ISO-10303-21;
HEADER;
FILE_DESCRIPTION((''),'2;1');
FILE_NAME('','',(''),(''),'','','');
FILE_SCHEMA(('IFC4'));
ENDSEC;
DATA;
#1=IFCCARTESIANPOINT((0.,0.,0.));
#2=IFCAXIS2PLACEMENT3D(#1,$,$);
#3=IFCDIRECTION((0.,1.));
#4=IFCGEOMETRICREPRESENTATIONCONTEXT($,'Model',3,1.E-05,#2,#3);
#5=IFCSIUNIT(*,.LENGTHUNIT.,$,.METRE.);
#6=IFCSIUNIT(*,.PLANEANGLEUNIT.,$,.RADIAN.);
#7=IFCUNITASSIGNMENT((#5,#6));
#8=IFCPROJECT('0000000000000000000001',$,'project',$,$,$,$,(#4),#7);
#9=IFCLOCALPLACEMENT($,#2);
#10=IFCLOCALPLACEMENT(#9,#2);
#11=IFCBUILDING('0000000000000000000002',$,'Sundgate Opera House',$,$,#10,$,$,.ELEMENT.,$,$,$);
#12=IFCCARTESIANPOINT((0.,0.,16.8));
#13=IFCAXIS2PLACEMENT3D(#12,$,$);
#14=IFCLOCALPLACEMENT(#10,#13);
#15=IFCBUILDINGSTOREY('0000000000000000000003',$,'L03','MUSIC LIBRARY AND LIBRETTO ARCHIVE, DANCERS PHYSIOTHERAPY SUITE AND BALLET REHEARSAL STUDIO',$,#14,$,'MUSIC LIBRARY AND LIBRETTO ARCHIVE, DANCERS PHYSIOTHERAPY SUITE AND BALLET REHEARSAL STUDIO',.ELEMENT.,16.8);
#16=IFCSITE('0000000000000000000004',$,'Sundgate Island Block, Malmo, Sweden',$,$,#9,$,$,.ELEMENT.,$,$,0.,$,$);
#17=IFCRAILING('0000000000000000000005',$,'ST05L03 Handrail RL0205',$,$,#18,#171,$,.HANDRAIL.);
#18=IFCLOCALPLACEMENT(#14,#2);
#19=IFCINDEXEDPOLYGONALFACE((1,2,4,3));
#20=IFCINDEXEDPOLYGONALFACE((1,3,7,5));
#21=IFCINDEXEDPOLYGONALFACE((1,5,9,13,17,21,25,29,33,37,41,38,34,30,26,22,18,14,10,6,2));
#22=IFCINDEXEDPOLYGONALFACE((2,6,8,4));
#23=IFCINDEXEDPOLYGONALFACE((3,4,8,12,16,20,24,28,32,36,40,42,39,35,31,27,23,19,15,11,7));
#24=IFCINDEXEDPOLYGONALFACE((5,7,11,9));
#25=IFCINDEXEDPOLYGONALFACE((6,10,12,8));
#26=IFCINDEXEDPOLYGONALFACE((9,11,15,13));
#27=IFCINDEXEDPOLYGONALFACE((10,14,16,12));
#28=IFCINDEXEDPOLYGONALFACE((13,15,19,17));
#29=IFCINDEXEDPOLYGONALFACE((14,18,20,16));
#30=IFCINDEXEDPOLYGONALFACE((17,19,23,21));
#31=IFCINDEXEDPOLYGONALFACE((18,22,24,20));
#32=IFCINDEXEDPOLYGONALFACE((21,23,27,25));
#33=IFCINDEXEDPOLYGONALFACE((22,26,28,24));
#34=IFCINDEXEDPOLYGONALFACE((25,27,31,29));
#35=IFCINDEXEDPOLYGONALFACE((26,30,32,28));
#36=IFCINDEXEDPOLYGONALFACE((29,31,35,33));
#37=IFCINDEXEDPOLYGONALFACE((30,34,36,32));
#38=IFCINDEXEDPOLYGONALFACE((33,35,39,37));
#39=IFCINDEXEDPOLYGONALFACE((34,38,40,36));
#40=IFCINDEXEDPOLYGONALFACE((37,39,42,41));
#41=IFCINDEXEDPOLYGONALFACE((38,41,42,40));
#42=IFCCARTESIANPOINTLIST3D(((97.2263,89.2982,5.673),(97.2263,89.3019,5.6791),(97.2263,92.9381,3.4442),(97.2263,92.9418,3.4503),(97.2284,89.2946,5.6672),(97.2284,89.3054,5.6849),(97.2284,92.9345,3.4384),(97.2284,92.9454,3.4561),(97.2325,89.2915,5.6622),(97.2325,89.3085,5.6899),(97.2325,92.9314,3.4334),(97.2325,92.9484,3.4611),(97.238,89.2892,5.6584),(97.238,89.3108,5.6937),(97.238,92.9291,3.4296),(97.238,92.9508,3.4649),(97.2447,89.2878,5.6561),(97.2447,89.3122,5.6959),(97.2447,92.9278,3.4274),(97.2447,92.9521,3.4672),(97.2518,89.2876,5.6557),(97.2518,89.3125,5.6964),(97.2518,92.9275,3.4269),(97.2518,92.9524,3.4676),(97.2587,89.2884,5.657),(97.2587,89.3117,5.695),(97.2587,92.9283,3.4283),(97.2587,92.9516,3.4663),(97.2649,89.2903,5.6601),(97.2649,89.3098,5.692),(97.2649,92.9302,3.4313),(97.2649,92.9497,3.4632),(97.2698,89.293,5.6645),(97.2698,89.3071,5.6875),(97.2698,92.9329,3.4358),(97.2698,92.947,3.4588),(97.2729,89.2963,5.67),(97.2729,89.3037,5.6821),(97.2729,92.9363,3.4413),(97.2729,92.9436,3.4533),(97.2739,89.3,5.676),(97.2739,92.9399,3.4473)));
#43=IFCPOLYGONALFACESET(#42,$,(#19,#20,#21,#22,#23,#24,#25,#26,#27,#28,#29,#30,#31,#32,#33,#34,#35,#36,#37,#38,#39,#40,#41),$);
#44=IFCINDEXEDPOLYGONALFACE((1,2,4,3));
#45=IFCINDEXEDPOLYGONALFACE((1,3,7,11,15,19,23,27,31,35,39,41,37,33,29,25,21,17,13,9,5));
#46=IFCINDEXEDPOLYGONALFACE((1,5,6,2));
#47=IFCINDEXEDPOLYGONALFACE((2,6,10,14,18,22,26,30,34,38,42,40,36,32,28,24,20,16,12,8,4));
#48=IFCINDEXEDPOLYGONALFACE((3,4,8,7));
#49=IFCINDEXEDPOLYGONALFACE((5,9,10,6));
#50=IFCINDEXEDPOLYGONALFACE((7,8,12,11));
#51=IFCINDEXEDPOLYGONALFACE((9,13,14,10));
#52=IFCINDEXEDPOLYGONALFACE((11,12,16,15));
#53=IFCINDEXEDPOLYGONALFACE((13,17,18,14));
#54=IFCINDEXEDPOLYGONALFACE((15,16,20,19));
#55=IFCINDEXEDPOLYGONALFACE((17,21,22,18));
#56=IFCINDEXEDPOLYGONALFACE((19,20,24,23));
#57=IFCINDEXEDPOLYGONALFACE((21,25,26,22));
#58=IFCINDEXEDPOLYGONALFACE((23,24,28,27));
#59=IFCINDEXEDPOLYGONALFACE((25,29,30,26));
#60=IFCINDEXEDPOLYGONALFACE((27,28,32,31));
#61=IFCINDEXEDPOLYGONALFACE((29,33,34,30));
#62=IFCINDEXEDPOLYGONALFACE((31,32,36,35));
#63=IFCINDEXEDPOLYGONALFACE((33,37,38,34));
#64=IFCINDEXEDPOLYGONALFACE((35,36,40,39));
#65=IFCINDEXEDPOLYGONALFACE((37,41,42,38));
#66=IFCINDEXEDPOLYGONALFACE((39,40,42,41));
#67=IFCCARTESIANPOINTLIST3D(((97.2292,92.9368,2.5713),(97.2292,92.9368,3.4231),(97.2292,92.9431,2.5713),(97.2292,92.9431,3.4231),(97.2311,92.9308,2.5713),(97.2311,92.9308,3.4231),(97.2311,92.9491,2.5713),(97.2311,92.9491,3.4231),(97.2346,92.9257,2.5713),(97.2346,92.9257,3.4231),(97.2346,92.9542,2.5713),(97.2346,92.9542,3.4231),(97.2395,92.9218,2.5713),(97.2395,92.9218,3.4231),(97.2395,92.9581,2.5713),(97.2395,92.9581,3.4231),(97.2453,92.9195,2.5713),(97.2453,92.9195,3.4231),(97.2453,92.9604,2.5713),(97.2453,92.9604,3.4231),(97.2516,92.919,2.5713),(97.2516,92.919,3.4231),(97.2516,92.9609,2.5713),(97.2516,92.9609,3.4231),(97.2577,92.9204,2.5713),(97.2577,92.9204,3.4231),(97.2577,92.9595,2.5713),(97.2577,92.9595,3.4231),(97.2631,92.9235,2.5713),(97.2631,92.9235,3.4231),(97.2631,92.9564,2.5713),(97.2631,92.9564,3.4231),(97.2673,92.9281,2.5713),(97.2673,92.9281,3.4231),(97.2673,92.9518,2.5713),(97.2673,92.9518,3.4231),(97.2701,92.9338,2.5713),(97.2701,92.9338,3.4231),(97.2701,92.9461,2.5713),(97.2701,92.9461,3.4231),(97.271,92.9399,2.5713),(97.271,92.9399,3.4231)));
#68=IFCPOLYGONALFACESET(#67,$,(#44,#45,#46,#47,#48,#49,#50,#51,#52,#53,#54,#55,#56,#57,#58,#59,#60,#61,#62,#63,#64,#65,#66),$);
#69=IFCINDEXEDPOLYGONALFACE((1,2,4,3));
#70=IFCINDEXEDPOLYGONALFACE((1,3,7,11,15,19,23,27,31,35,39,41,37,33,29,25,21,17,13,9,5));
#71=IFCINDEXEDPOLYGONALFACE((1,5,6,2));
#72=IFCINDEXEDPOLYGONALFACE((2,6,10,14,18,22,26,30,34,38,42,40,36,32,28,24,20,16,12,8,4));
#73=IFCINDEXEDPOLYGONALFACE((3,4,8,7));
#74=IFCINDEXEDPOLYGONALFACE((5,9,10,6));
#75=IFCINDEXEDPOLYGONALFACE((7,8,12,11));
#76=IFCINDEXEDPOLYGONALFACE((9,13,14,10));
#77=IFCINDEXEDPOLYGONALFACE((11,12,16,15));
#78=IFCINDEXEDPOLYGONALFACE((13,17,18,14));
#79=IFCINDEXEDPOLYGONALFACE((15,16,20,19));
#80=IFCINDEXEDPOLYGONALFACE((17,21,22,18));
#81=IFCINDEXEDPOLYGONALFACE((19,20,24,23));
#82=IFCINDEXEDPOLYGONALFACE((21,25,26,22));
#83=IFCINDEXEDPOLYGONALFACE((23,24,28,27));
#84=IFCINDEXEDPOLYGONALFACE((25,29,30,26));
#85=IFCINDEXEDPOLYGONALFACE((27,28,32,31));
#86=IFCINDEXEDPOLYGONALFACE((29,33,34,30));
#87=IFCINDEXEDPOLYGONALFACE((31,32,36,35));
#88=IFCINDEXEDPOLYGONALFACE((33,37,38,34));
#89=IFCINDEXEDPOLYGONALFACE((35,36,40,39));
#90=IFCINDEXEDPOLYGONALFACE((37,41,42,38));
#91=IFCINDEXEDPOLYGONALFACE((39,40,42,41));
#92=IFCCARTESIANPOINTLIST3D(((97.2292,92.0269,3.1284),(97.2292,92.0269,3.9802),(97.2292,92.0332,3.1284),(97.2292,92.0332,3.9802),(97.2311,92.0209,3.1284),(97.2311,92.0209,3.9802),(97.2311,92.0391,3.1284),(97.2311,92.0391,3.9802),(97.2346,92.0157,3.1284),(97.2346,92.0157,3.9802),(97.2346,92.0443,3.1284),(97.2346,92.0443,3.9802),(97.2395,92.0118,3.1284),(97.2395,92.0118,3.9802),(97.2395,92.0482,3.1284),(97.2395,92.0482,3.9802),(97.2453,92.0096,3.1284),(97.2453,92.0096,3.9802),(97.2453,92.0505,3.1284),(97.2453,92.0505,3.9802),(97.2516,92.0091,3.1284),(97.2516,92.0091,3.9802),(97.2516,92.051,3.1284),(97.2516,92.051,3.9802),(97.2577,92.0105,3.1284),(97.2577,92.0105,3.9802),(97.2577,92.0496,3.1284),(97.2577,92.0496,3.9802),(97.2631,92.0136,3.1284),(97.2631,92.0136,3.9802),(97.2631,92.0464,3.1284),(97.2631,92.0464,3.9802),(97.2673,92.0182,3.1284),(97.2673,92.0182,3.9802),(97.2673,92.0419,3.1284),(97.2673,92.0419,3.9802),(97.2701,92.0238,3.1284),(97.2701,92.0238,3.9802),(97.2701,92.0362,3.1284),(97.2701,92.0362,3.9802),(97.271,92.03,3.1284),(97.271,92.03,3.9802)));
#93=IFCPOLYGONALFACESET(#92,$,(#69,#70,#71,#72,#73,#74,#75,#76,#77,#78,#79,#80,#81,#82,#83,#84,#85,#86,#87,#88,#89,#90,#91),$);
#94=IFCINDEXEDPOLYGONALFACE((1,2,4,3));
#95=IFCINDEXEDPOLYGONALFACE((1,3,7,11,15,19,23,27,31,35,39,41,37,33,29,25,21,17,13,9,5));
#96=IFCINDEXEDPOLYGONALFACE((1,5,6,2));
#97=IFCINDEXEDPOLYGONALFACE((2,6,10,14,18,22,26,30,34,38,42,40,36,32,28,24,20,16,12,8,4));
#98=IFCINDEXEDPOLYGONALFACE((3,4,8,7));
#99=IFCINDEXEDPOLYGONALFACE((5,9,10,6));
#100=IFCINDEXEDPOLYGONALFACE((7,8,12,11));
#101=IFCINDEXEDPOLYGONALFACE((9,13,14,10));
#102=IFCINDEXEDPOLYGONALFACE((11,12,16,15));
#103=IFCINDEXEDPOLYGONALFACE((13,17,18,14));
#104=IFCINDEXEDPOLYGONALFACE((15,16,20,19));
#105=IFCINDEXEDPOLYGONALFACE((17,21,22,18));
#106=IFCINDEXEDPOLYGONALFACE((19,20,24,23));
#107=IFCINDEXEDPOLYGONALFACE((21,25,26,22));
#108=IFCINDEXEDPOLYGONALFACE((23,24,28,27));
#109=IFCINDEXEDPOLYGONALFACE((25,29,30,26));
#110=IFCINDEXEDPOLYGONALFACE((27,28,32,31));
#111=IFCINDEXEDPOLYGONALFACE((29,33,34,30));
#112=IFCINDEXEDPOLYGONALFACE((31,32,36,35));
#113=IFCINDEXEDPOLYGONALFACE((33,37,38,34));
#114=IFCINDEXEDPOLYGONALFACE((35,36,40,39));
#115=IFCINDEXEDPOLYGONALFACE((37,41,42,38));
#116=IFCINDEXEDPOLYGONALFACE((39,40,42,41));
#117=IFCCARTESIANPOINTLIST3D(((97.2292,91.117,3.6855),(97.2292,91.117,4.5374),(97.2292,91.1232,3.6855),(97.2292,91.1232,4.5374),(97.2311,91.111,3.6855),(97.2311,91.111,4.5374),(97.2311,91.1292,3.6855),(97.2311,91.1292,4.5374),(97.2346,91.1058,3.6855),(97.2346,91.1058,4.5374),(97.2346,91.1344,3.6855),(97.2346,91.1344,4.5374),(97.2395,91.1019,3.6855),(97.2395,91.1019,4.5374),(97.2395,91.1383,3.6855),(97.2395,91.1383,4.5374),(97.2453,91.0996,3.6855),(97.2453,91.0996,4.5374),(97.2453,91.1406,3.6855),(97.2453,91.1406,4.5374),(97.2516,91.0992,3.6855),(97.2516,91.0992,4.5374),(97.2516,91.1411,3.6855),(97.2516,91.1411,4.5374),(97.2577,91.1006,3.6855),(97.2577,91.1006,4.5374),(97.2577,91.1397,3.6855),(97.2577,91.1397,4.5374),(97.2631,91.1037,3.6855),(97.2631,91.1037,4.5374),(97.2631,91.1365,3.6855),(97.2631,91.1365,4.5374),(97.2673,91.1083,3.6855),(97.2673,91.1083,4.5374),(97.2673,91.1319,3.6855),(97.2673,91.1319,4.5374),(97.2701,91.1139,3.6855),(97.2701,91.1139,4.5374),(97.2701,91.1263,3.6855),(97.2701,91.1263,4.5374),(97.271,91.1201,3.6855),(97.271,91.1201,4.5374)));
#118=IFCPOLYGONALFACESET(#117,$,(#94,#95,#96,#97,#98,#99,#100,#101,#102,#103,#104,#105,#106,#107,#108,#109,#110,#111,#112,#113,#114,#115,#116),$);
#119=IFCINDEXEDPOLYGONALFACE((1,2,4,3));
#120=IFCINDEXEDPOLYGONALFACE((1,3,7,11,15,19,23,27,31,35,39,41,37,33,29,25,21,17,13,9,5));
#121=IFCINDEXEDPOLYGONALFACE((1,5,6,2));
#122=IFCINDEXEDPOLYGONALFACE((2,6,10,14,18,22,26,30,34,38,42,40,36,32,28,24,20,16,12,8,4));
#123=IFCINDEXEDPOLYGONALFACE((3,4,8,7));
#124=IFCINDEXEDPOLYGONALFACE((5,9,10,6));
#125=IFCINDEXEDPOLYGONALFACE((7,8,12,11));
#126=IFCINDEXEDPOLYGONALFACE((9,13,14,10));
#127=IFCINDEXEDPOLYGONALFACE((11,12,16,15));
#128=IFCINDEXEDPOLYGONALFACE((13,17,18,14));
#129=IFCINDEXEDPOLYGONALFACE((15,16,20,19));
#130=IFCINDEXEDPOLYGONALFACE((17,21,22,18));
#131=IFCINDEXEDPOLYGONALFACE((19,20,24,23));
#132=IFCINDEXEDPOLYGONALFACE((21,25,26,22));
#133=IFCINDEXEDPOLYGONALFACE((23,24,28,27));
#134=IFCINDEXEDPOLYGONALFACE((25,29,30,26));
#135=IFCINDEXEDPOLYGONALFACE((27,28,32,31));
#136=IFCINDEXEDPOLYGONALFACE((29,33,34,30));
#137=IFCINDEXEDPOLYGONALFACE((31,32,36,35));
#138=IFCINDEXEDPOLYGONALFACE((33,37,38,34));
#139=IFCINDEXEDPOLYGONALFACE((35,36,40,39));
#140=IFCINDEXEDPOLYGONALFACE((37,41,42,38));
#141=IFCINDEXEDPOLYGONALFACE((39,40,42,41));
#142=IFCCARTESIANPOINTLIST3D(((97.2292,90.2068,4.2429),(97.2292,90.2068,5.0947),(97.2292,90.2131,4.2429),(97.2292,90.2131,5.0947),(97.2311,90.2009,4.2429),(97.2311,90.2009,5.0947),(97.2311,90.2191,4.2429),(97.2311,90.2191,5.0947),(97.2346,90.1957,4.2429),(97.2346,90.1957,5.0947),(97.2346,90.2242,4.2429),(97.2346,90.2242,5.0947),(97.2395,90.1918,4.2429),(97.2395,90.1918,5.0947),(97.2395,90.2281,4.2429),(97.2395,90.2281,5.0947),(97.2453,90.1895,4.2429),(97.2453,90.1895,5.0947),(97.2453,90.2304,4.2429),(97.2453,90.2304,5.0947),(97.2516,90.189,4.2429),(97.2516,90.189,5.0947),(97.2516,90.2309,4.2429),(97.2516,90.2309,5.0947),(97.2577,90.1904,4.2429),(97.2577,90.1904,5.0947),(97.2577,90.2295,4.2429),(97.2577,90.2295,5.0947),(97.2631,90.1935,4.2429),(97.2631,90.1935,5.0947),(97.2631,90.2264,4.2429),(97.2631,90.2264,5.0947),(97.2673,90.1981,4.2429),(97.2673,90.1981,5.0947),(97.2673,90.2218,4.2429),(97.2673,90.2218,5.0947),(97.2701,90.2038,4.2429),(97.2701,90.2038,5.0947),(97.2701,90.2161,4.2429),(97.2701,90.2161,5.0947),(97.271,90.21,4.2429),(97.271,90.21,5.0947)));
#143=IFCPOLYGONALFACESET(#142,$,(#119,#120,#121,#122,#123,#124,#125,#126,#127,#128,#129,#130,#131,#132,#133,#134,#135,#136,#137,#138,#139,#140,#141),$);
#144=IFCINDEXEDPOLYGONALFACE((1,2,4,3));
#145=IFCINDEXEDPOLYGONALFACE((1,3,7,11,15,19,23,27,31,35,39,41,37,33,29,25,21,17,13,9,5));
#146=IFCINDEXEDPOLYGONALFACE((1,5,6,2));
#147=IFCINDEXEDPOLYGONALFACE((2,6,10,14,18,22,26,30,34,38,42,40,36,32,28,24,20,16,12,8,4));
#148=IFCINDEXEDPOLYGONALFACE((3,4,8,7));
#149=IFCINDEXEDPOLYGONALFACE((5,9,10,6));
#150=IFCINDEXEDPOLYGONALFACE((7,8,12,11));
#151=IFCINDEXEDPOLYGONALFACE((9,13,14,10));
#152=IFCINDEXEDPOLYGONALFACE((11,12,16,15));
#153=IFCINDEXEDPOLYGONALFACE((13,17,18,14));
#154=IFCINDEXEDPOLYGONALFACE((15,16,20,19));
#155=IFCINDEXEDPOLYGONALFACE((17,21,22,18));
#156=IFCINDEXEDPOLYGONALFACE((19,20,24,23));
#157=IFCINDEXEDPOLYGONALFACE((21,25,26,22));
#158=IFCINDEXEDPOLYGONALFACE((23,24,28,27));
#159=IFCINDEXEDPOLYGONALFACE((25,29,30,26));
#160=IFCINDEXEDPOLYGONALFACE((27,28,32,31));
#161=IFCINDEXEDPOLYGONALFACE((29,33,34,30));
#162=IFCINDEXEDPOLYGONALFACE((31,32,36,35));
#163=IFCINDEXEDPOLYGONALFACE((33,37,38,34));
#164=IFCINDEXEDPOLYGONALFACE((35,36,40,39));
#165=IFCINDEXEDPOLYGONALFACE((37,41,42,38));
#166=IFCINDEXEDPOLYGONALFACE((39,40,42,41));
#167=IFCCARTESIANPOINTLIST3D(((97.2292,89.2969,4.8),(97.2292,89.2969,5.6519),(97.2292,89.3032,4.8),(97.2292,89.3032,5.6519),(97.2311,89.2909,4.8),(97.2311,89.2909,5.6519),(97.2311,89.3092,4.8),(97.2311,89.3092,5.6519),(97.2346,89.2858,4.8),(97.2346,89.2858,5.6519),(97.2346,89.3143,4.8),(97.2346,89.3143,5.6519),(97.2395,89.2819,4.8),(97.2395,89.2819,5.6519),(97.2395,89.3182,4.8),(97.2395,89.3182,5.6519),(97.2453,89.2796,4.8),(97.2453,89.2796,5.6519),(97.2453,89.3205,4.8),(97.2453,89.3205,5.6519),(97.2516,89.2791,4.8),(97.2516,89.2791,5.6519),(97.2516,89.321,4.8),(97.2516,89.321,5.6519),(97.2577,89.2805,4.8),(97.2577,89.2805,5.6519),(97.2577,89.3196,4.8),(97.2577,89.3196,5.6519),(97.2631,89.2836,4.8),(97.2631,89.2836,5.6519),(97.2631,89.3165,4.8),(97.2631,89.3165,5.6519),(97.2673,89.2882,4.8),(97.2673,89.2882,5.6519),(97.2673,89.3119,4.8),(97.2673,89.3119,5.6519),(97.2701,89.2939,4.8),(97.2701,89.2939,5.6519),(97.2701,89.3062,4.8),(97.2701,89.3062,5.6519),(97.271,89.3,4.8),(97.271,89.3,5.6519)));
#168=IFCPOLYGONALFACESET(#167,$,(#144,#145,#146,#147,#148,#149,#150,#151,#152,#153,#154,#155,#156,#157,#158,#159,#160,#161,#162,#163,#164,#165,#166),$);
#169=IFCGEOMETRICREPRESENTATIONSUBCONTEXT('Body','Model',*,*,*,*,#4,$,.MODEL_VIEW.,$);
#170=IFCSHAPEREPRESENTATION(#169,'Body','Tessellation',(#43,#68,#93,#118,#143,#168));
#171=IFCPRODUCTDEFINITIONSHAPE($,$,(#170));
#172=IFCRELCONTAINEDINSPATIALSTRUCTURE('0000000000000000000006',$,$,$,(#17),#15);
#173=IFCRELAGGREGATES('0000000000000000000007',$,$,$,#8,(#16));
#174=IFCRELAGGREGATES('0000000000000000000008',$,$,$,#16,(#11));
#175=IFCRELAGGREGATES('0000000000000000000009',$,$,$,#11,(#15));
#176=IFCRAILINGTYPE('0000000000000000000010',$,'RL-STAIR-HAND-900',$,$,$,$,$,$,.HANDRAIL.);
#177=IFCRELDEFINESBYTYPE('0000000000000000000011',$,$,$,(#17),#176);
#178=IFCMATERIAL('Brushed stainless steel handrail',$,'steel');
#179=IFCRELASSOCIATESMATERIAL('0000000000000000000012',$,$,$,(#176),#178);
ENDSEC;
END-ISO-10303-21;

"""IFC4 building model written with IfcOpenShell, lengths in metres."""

from ifc_helpers import new_model, si_unit, direction, frame, origin, origin_2d, place, context, subcontext, project, spatial, circle, extrude, material, type_object, element, save


model = new_model("IFC4")

# Units and contexts
model_context = context("Model", 3, precision=1e-05, world=origin(), true_north=direction((0.0, 1.0)))
body_context = subcontext(model_context, "Body", "Model", "MODEL_VIEW")
ifc_project = project(units=[si_unit("LENGTHUNIT", "METRE"), si_unit("PLANEANGLEUNIT", "RADIAN")], contexts=[model_context])

# Site, building, storey
site_placement = place(None, origin())
site = spatial("IfcSite", under=ifc_project, at=site_placement, Name="Sundgate Island Block, Malmo, Sweden", CompositionType="ELEMENT", RefElevation=0.0)
building_placement = place(site_placement, origin())
building = spatial("IfcBuilding", under=site, at=building_placement, Name="Sundgate Opera House", CompositionType="ELEMENT")
storey_placement = place(building_placement, frame((0.0, 0.0, 16.8)))
storey = spatial("IfcBuildingStorey", under=building, at=storey_placement, Name="L03", Description="MUSIC LIBRARY AND LIBRETTO ARCHIVE, DANCERS PHYSIOTHERAPY SUITE AND BALLET REHEARSAL STUDIO", LongName="MUSIC LIBRARY AND LIBRETTO ARCHIVE, DANCERS PHYSIOTHERAPY SUITE AND BALLET REHEARSAL STUDIO", CompositionType="ELEMENT", Elevation=16.8)

# Railing
ifc_material_1 = material(Name="Brushed stainless steel handrail", Category="steel")
railing_type_1 = type_object("IfcRailingType", Name="RL-STAIR-HAND-900", PredefinedType="HANDRAIL", material=ifc_material_1)
railing_1_placement = place(storey_placement, frame((97.25, 92.9399, 2.5713)))
element("IfcRailing", 1, at=railing_1_placement, inside=storey, type_object=railing_type_1, Name="ST05L03 Handrail RL0205", PredefinedType="HANDRAIL", context=body_context, shape_type="SweptSolid", body=[
    extrude(circle(Radius=0.0239, at=origin_2d()), frame((0.0, 0.0, 0.876), z_axis=(0.0, -0.852825, 0.522197), x_axis=(1.0, 0.0, 0.0)), (0.0, 0.0, 1.0), 4.2681),
    extrude(circle(Radius=0.021, at=origin_2d()), origin(), (0.0, 0.0, 1.0), 0.8518),
    extrude(circle(Radius=0.021, at=origin_2d()), frame((0.0, -0.9099, 0.5571)), (0.0, 0.0, 1.0), 0.8518),
    extrude(circle(Radius=0.021, at=origin_2d()), frame((0.0, -1.8198, 1.1143)), (0.0, 0.0, 1.0), 0.8518),
    extrude(circle(Radius=0.021, at=origin_2d()), frame((0.0, -2.73, 1.6716)), (0.0, 0.0, 1.0), 0.8518),
    extrude(circle(Radius=0.021, at=origin_2d()), frame((0.0, -3.6399, 2.2288)), (0.0, 0.0, 1.0), 0.8518),
])

save(model, "model.ifc")
